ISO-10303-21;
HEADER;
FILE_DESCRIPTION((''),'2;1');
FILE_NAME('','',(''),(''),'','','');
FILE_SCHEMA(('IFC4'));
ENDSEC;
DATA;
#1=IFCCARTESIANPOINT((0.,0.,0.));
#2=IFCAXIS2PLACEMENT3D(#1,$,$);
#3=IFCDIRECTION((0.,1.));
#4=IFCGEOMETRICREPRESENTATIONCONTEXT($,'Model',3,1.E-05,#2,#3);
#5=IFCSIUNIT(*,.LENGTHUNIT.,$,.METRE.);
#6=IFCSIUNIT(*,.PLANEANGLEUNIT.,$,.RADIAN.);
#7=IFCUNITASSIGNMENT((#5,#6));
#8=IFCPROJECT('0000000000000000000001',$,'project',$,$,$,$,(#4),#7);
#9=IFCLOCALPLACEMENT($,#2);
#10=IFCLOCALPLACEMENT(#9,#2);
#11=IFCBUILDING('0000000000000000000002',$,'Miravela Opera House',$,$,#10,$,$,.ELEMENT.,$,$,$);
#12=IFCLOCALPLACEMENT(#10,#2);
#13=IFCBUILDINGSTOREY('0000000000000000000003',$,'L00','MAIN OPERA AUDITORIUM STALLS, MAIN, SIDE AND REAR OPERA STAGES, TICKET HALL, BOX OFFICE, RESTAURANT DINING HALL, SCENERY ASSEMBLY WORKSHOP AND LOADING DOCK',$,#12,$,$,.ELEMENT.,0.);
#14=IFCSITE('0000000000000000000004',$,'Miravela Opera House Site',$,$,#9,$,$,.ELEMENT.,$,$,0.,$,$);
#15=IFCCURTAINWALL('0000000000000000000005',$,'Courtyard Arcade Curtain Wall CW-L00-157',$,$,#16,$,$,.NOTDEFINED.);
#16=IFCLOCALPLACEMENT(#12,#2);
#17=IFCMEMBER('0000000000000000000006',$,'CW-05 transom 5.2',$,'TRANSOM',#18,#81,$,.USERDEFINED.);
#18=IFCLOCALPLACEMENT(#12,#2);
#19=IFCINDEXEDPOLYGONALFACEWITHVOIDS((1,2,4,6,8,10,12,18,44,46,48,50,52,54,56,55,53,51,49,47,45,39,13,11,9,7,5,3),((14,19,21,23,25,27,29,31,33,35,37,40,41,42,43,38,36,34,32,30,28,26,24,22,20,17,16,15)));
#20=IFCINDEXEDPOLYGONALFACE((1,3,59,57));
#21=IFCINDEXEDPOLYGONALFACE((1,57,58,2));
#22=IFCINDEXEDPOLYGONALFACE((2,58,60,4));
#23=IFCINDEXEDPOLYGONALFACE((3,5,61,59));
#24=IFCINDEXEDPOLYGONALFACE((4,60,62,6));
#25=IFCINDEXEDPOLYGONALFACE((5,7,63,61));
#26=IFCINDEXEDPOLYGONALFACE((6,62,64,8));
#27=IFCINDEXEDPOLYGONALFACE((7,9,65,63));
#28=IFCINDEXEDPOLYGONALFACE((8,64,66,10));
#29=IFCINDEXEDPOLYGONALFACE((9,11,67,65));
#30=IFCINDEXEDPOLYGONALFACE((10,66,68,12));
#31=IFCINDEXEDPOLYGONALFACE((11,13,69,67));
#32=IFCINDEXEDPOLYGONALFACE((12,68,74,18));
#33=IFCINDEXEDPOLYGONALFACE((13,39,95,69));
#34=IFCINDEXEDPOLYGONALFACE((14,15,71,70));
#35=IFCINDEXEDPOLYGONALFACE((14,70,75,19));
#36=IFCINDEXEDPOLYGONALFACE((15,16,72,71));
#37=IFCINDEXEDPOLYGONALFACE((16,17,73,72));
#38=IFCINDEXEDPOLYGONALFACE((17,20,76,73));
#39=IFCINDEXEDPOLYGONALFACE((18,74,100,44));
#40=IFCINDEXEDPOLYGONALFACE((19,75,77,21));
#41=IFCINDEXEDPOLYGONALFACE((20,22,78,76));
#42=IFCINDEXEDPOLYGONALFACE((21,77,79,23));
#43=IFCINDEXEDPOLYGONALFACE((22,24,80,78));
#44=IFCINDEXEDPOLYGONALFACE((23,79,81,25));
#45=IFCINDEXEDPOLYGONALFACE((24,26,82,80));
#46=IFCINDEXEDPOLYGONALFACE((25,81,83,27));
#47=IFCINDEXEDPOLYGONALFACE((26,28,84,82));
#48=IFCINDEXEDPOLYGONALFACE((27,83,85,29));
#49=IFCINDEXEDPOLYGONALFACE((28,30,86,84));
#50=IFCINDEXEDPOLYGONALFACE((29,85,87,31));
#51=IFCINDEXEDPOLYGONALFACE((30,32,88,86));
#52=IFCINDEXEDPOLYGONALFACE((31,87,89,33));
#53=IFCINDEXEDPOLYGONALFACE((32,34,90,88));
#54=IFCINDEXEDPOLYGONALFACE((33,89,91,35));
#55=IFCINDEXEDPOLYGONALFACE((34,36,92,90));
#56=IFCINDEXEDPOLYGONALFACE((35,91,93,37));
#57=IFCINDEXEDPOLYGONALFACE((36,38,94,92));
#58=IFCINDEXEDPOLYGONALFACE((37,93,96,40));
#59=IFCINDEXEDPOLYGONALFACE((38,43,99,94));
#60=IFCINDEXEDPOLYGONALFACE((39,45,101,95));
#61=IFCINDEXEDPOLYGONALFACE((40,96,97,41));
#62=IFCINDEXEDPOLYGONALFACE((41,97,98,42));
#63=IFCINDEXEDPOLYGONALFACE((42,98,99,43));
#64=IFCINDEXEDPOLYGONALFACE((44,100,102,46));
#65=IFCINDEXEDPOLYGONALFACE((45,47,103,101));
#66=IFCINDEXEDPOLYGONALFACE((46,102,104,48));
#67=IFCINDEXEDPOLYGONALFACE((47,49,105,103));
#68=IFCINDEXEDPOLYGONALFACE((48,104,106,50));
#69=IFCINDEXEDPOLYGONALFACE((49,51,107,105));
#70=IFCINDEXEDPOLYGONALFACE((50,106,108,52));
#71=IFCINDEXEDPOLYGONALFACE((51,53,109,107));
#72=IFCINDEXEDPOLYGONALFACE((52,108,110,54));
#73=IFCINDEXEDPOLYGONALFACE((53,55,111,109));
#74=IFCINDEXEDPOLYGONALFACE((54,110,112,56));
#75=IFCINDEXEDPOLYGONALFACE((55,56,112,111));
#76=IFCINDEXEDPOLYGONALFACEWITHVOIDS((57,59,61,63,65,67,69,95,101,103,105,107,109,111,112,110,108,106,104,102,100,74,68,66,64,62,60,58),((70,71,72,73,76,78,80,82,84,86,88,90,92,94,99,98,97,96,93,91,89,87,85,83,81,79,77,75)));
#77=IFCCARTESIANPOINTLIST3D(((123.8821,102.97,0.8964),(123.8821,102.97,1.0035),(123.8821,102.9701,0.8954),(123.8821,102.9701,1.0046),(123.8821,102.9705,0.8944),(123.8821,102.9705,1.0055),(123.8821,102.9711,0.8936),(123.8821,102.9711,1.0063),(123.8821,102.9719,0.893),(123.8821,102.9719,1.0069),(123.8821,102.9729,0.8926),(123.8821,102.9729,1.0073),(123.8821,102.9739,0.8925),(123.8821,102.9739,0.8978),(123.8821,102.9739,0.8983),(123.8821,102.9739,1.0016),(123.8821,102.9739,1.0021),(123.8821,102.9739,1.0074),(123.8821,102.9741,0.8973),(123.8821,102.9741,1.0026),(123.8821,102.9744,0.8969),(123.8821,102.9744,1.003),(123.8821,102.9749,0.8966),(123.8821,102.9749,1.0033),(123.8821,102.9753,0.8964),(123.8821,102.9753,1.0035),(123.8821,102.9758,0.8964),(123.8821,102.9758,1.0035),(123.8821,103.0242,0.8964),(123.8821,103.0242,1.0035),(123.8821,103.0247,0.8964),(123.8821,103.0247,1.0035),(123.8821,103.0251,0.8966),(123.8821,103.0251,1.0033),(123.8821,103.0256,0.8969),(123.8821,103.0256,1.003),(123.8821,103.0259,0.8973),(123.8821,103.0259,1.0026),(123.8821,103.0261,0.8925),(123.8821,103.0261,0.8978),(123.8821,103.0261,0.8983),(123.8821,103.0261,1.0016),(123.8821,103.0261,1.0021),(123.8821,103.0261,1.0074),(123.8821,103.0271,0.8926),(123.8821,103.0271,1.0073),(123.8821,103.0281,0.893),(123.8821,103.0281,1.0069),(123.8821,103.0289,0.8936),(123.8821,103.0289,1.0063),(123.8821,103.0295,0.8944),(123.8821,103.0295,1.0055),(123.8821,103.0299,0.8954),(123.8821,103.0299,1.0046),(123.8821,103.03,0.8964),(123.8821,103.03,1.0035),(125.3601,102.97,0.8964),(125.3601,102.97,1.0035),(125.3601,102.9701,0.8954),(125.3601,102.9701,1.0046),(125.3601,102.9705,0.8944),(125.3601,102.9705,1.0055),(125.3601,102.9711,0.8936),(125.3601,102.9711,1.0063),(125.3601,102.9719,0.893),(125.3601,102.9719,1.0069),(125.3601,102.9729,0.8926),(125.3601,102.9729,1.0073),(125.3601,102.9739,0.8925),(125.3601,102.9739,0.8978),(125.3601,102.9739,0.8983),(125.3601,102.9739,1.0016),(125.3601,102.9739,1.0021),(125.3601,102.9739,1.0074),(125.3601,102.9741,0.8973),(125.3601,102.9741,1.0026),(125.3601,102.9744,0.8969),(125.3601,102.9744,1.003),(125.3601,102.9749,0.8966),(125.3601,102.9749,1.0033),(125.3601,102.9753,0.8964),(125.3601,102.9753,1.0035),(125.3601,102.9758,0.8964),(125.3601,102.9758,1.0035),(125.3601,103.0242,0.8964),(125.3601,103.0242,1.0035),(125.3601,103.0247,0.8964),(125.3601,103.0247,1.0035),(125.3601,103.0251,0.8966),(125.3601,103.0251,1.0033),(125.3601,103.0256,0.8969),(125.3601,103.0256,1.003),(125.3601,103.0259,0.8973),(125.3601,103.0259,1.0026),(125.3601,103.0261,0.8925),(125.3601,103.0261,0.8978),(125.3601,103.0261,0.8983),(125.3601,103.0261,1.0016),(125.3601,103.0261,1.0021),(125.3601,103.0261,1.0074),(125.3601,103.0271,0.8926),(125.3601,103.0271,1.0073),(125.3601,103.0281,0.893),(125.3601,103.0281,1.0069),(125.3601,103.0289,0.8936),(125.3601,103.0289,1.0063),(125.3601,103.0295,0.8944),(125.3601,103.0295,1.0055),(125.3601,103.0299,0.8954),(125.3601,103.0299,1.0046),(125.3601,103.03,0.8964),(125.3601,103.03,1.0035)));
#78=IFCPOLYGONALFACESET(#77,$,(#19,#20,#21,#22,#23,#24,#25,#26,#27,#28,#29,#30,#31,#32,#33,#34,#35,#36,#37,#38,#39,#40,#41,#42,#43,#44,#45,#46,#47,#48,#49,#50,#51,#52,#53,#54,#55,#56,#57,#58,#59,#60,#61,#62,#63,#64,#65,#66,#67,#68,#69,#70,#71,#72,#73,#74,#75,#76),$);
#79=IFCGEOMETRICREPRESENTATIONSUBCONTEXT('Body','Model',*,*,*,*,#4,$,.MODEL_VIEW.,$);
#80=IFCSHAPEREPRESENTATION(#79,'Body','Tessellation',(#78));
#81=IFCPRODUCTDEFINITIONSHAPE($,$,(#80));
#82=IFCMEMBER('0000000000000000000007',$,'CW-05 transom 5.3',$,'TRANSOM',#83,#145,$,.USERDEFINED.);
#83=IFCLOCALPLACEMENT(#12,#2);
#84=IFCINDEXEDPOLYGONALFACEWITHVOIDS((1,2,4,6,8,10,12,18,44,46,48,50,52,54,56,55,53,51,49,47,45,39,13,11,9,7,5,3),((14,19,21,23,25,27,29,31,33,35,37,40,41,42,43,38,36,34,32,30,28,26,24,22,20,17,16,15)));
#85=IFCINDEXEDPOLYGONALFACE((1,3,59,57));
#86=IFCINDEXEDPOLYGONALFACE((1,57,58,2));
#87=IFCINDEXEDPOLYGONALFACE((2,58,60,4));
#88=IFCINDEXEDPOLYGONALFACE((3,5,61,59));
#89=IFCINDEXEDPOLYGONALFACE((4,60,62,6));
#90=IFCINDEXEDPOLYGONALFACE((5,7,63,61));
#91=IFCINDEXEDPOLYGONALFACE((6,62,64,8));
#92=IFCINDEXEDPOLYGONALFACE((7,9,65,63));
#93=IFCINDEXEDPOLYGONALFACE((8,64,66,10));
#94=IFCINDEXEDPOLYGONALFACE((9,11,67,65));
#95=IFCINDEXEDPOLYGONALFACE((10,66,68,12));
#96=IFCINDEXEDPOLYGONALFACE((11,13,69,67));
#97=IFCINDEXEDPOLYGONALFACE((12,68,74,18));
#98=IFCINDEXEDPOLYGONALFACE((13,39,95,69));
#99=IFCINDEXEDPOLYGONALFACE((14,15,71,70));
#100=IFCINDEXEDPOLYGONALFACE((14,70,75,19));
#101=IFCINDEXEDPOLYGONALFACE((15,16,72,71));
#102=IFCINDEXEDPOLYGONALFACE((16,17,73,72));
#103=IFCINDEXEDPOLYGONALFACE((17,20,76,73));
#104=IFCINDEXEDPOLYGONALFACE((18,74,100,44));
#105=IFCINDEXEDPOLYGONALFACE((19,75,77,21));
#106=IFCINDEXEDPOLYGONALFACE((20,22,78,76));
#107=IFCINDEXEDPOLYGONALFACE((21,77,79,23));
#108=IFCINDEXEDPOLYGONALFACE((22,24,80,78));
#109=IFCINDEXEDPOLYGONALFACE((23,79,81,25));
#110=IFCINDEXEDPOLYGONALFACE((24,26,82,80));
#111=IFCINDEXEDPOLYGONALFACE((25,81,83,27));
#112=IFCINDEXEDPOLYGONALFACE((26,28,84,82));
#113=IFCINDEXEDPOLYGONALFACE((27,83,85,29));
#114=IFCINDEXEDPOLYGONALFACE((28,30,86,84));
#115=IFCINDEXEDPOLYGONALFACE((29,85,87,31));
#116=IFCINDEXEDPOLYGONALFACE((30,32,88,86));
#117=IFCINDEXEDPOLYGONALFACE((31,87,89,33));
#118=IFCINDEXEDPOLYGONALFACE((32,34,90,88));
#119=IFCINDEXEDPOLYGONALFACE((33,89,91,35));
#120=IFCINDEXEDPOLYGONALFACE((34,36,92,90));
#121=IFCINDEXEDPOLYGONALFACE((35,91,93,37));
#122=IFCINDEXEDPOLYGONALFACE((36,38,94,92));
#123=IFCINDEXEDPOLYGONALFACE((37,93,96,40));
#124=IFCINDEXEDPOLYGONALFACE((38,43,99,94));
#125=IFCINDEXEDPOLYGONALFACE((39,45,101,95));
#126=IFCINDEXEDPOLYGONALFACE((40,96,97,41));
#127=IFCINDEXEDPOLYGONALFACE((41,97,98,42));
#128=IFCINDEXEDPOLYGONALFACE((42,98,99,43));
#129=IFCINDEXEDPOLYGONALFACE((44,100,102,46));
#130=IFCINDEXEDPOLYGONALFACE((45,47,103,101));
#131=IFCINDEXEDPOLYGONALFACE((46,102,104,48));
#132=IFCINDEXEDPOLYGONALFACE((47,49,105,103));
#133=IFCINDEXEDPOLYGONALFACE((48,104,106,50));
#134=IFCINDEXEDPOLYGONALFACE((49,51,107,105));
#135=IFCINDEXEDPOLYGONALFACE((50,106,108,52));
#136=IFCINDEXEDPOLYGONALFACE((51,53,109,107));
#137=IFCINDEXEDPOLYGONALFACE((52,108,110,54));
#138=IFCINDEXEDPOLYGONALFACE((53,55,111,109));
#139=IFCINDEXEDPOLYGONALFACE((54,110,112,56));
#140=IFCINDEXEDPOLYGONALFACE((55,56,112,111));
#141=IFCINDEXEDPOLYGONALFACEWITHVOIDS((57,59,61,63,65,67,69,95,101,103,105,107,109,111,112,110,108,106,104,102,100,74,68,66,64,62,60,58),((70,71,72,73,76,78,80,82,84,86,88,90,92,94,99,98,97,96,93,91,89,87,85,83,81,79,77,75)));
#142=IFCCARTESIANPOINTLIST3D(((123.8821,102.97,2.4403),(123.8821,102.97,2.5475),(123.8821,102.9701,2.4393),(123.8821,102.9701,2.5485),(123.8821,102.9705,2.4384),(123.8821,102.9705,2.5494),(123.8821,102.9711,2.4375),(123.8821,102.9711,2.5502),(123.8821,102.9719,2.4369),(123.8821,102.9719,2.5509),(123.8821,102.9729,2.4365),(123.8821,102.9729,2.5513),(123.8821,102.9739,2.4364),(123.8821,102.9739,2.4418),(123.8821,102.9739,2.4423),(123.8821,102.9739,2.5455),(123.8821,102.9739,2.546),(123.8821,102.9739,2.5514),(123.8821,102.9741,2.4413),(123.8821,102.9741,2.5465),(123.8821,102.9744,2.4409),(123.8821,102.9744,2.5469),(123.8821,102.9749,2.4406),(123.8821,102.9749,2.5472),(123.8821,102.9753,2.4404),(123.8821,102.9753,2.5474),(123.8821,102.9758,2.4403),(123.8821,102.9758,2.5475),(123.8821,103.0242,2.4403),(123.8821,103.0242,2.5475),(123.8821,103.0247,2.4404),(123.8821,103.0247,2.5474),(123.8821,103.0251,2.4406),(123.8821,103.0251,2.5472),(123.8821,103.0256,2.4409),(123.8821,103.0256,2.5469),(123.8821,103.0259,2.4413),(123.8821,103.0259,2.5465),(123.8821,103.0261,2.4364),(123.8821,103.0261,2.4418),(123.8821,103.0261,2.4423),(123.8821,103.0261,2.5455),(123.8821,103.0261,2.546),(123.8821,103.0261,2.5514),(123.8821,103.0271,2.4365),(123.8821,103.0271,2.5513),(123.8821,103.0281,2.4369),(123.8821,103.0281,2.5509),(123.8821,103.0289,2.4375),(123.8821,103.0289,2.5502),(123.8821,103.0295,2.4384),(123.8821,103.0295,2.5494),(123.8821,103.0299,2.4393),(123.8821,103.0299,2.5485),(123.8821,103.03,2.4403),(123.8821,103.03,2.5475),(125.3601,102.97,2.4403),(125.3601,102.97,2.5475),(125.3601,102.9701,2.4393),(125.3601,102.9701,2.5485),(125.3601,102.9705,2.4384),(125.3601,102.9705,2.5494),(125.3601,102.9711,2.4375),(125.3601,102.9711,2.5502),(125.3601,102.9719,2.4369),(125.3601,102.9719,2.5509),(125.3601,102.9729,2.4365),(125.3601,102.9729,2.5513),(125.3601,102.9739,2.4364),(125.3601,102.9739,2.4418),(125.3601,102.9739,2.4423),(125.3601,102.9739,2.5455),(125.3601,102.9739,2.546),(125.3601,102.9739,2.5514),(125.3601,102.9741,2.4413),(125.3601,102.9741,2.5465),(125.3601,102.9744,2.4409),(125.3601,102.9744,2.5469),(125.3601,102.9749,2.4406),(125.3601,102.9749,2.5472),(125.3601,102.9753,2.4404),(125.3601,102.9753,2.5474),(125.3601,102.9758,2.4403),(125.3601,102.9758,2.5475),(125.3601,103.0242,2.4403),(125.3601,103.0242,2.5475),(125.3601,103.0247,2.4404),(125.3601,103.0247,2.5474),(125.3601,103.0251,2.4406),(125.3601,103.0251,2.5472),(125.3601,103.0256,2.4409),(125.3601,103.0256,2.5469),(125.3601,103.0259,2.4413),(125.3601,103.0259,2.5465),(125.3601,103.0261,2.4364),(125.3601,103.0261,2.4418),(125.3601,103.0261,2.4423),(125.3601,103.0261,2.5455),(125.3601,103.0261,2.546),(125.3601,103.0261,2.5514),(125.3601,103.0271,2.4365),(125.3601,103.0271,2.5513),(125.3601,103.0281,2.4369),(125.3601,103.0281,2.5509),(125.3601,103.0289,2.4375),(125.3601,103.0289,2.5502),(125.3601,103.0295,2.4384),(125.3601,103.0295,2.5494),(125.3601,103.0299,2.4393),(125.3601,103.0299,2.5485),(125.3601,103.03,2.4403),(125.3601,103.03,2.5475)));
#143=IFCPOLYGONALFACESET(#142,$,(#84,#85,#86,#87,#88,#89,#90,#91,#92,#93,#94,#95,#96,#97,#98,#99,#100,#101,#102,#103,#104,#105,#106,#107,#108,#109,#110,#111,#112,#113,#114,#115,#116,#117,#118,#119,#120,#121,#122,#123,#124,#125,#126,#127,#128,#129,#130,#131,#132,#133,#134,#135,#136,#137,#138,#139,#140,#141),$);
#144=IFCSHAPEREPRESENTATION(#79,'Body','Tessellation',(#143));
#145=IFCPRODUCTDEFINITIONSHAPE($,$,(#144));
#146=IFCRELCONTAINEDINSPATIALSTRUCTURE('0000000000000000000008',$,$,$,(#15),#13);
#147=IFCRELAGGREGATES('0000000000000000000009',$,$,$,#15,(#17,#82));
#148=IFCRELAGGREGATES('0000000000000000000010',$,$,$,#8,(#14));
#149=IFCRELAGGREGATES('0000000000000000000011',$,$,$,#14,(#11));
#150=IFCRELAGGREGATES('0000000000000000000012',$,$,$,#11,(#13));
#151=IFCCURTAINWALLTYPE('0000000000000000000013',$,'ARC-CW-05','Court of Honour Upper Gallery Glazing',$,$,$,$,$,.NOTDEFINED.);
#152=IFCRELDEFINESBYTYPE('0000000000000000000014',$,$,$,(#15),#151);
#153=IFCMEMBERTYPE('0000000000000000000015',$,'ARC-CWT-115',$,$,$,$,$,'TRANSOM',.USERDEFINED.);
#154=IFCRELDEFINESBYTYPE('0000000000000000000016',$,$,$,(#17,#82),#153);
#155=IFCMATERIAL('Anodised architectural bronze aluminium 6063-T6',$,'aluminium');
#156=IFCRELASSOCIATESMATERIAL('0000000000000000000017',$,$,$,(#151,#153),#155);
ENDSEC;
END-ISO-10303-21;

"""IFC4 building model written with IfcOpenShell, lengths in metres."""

from ifc_helpers import new_model, si_unit, direction, frame, origin, origin_2d, place, context, subcontext, project, spatial, hollow_rectangle, extrude, material, material_profile, profile_set, type_object, element, aggregate, save


model = new_model("IFC4")

# Units and contexts
model_context = context("Model", 3, precision=1e-05, world=origin(), true_north=direction((0.0, 1.0)))
body_context = subcontext(model_context, "Body", "Model", "MODEL_VIEW")
ifc_project = project(units=[si_unit("LENGTHUNIT", "METRE"), si_unit("PLANEANGLEUNIT", "RADIAN")], contexts=[model_context])

# Site, building, storey
site_placement = place(None, origin())
site = spatial("IfcSite", under=ifc_project, at=site_placement, Name="Miravela Opera House Site", CompositionType="ELEMENT", RefElevation=0.0)
building_placement = place(site_placement, origin())
building = spatial("IfcBuilding", under=site, at=building_placement, Name="Miravela Opera House", CompositionType="ELEMENT")
storey_placement = place(building_placement, origin())
storey = spatial("IfcBuildingStorey", under=building, at=storey_placement, Name="L00", Description="MAIN OPERA AUDITORIUM STALLS, MAIN, SIDE AND REAR OPERA STAGES, TICKET HALL, BOX OFFICE, RESTAURANT DINING HALL, SCENERY ASSEMBLY WORKSHOP AND LOADING DOCK", CompositionType="ELEMENT", Elevation=0.0)

# Curtain wall, members
ifc_material_1 = material(Name="Anodised architectural bronze aluminium 6063-T6", Category="aluminium")
curtain_wall_type = type_object("IfcCurtainWallType", Name="ARC-CW-05", Description="Court of Honour Upper Gallery Glazing", PredefinedType="NOTDEFINED", material=ifc_material_1)
curtain_wall_placement = place(storey_placement, origin())
curtain_wall = element("IfcCurtainWall", 1, at=curtain_wall_placement, inside=storey, type_object=curtain_wall_type, Name="Courtyard Arcade Curtain Wall CW-L00-157", PredefinedType="NOTDEFINED")
ifc_material_profile_1 = material_profile(ifc_material_1, hollow_rectangle(XDim=0.0601, YDim=0.115, WallThickness=0.0039, InnerFilletRadius=0.002, OuterFilletRadius=0.0039, at=origin_2d()), Name="CWT-60X115")
ifc_profile_set_1 = profile_set([ifc_material_profile_1])
member_type_1 = type_object("IfcMemberType", Name="ARC-CWT-115", ElementType="TRANSOM", PredefinedType="USERDEFINED", material=ifc_profile_set_1)
member_1_placement = place(storey_placement, frame((123.8821, 103.0, 0.95), z_axis=(1.0, 0.0, 0.0), x_axis=(0.0, 1.0, 0.0)))
member_1 = element("IfcMember", 2, at=member_1_placement, type_object=member_type_1, Name="CW-05 transom 5.2", ObjectType="TRANSOM", PredefinedType="USERDEFINED", context=body_context, shape_type="SweptSolid", body=[
    extrude(hollow_rectangle(XDim=0.0601, YDim=0.115, WallThickness=0.0039, InnerFilletRadius=0.002, OuterFilletRadius=0.0039, at=origin_2d()), origin(), (0.0, 0.0, 1.0), 1.478),
])
member_2_placement = place(storey_placement, frame((123.8821, 103.0, 2.4939), z_axis=(1.0, 0.0, 0.0), x_axis=(0.0, 1.0, 0.0)))
member_2 = element("IfcMember", 3, at=member_2_placement, type_object=member_type_1, Name="CW-05 transom 5.3", ObjectType="TRANSOM", PredefinedType="USERDEFINED", context=body_context, shape_type="SweptSolid", body=[
    extrude(hollow_rectangle(XDim=0.0601, YDim=0.115, WallThickness=0.0039, InnerFilletRadius=0.002, OuterFilletRadius=0.0039, at=origin_2d()), origin(), (0.0, 0.0, 1.0), 1.478),
])
aggregate(curtain_wall, [member_1, member_2])

save(model, "model.ifc")
